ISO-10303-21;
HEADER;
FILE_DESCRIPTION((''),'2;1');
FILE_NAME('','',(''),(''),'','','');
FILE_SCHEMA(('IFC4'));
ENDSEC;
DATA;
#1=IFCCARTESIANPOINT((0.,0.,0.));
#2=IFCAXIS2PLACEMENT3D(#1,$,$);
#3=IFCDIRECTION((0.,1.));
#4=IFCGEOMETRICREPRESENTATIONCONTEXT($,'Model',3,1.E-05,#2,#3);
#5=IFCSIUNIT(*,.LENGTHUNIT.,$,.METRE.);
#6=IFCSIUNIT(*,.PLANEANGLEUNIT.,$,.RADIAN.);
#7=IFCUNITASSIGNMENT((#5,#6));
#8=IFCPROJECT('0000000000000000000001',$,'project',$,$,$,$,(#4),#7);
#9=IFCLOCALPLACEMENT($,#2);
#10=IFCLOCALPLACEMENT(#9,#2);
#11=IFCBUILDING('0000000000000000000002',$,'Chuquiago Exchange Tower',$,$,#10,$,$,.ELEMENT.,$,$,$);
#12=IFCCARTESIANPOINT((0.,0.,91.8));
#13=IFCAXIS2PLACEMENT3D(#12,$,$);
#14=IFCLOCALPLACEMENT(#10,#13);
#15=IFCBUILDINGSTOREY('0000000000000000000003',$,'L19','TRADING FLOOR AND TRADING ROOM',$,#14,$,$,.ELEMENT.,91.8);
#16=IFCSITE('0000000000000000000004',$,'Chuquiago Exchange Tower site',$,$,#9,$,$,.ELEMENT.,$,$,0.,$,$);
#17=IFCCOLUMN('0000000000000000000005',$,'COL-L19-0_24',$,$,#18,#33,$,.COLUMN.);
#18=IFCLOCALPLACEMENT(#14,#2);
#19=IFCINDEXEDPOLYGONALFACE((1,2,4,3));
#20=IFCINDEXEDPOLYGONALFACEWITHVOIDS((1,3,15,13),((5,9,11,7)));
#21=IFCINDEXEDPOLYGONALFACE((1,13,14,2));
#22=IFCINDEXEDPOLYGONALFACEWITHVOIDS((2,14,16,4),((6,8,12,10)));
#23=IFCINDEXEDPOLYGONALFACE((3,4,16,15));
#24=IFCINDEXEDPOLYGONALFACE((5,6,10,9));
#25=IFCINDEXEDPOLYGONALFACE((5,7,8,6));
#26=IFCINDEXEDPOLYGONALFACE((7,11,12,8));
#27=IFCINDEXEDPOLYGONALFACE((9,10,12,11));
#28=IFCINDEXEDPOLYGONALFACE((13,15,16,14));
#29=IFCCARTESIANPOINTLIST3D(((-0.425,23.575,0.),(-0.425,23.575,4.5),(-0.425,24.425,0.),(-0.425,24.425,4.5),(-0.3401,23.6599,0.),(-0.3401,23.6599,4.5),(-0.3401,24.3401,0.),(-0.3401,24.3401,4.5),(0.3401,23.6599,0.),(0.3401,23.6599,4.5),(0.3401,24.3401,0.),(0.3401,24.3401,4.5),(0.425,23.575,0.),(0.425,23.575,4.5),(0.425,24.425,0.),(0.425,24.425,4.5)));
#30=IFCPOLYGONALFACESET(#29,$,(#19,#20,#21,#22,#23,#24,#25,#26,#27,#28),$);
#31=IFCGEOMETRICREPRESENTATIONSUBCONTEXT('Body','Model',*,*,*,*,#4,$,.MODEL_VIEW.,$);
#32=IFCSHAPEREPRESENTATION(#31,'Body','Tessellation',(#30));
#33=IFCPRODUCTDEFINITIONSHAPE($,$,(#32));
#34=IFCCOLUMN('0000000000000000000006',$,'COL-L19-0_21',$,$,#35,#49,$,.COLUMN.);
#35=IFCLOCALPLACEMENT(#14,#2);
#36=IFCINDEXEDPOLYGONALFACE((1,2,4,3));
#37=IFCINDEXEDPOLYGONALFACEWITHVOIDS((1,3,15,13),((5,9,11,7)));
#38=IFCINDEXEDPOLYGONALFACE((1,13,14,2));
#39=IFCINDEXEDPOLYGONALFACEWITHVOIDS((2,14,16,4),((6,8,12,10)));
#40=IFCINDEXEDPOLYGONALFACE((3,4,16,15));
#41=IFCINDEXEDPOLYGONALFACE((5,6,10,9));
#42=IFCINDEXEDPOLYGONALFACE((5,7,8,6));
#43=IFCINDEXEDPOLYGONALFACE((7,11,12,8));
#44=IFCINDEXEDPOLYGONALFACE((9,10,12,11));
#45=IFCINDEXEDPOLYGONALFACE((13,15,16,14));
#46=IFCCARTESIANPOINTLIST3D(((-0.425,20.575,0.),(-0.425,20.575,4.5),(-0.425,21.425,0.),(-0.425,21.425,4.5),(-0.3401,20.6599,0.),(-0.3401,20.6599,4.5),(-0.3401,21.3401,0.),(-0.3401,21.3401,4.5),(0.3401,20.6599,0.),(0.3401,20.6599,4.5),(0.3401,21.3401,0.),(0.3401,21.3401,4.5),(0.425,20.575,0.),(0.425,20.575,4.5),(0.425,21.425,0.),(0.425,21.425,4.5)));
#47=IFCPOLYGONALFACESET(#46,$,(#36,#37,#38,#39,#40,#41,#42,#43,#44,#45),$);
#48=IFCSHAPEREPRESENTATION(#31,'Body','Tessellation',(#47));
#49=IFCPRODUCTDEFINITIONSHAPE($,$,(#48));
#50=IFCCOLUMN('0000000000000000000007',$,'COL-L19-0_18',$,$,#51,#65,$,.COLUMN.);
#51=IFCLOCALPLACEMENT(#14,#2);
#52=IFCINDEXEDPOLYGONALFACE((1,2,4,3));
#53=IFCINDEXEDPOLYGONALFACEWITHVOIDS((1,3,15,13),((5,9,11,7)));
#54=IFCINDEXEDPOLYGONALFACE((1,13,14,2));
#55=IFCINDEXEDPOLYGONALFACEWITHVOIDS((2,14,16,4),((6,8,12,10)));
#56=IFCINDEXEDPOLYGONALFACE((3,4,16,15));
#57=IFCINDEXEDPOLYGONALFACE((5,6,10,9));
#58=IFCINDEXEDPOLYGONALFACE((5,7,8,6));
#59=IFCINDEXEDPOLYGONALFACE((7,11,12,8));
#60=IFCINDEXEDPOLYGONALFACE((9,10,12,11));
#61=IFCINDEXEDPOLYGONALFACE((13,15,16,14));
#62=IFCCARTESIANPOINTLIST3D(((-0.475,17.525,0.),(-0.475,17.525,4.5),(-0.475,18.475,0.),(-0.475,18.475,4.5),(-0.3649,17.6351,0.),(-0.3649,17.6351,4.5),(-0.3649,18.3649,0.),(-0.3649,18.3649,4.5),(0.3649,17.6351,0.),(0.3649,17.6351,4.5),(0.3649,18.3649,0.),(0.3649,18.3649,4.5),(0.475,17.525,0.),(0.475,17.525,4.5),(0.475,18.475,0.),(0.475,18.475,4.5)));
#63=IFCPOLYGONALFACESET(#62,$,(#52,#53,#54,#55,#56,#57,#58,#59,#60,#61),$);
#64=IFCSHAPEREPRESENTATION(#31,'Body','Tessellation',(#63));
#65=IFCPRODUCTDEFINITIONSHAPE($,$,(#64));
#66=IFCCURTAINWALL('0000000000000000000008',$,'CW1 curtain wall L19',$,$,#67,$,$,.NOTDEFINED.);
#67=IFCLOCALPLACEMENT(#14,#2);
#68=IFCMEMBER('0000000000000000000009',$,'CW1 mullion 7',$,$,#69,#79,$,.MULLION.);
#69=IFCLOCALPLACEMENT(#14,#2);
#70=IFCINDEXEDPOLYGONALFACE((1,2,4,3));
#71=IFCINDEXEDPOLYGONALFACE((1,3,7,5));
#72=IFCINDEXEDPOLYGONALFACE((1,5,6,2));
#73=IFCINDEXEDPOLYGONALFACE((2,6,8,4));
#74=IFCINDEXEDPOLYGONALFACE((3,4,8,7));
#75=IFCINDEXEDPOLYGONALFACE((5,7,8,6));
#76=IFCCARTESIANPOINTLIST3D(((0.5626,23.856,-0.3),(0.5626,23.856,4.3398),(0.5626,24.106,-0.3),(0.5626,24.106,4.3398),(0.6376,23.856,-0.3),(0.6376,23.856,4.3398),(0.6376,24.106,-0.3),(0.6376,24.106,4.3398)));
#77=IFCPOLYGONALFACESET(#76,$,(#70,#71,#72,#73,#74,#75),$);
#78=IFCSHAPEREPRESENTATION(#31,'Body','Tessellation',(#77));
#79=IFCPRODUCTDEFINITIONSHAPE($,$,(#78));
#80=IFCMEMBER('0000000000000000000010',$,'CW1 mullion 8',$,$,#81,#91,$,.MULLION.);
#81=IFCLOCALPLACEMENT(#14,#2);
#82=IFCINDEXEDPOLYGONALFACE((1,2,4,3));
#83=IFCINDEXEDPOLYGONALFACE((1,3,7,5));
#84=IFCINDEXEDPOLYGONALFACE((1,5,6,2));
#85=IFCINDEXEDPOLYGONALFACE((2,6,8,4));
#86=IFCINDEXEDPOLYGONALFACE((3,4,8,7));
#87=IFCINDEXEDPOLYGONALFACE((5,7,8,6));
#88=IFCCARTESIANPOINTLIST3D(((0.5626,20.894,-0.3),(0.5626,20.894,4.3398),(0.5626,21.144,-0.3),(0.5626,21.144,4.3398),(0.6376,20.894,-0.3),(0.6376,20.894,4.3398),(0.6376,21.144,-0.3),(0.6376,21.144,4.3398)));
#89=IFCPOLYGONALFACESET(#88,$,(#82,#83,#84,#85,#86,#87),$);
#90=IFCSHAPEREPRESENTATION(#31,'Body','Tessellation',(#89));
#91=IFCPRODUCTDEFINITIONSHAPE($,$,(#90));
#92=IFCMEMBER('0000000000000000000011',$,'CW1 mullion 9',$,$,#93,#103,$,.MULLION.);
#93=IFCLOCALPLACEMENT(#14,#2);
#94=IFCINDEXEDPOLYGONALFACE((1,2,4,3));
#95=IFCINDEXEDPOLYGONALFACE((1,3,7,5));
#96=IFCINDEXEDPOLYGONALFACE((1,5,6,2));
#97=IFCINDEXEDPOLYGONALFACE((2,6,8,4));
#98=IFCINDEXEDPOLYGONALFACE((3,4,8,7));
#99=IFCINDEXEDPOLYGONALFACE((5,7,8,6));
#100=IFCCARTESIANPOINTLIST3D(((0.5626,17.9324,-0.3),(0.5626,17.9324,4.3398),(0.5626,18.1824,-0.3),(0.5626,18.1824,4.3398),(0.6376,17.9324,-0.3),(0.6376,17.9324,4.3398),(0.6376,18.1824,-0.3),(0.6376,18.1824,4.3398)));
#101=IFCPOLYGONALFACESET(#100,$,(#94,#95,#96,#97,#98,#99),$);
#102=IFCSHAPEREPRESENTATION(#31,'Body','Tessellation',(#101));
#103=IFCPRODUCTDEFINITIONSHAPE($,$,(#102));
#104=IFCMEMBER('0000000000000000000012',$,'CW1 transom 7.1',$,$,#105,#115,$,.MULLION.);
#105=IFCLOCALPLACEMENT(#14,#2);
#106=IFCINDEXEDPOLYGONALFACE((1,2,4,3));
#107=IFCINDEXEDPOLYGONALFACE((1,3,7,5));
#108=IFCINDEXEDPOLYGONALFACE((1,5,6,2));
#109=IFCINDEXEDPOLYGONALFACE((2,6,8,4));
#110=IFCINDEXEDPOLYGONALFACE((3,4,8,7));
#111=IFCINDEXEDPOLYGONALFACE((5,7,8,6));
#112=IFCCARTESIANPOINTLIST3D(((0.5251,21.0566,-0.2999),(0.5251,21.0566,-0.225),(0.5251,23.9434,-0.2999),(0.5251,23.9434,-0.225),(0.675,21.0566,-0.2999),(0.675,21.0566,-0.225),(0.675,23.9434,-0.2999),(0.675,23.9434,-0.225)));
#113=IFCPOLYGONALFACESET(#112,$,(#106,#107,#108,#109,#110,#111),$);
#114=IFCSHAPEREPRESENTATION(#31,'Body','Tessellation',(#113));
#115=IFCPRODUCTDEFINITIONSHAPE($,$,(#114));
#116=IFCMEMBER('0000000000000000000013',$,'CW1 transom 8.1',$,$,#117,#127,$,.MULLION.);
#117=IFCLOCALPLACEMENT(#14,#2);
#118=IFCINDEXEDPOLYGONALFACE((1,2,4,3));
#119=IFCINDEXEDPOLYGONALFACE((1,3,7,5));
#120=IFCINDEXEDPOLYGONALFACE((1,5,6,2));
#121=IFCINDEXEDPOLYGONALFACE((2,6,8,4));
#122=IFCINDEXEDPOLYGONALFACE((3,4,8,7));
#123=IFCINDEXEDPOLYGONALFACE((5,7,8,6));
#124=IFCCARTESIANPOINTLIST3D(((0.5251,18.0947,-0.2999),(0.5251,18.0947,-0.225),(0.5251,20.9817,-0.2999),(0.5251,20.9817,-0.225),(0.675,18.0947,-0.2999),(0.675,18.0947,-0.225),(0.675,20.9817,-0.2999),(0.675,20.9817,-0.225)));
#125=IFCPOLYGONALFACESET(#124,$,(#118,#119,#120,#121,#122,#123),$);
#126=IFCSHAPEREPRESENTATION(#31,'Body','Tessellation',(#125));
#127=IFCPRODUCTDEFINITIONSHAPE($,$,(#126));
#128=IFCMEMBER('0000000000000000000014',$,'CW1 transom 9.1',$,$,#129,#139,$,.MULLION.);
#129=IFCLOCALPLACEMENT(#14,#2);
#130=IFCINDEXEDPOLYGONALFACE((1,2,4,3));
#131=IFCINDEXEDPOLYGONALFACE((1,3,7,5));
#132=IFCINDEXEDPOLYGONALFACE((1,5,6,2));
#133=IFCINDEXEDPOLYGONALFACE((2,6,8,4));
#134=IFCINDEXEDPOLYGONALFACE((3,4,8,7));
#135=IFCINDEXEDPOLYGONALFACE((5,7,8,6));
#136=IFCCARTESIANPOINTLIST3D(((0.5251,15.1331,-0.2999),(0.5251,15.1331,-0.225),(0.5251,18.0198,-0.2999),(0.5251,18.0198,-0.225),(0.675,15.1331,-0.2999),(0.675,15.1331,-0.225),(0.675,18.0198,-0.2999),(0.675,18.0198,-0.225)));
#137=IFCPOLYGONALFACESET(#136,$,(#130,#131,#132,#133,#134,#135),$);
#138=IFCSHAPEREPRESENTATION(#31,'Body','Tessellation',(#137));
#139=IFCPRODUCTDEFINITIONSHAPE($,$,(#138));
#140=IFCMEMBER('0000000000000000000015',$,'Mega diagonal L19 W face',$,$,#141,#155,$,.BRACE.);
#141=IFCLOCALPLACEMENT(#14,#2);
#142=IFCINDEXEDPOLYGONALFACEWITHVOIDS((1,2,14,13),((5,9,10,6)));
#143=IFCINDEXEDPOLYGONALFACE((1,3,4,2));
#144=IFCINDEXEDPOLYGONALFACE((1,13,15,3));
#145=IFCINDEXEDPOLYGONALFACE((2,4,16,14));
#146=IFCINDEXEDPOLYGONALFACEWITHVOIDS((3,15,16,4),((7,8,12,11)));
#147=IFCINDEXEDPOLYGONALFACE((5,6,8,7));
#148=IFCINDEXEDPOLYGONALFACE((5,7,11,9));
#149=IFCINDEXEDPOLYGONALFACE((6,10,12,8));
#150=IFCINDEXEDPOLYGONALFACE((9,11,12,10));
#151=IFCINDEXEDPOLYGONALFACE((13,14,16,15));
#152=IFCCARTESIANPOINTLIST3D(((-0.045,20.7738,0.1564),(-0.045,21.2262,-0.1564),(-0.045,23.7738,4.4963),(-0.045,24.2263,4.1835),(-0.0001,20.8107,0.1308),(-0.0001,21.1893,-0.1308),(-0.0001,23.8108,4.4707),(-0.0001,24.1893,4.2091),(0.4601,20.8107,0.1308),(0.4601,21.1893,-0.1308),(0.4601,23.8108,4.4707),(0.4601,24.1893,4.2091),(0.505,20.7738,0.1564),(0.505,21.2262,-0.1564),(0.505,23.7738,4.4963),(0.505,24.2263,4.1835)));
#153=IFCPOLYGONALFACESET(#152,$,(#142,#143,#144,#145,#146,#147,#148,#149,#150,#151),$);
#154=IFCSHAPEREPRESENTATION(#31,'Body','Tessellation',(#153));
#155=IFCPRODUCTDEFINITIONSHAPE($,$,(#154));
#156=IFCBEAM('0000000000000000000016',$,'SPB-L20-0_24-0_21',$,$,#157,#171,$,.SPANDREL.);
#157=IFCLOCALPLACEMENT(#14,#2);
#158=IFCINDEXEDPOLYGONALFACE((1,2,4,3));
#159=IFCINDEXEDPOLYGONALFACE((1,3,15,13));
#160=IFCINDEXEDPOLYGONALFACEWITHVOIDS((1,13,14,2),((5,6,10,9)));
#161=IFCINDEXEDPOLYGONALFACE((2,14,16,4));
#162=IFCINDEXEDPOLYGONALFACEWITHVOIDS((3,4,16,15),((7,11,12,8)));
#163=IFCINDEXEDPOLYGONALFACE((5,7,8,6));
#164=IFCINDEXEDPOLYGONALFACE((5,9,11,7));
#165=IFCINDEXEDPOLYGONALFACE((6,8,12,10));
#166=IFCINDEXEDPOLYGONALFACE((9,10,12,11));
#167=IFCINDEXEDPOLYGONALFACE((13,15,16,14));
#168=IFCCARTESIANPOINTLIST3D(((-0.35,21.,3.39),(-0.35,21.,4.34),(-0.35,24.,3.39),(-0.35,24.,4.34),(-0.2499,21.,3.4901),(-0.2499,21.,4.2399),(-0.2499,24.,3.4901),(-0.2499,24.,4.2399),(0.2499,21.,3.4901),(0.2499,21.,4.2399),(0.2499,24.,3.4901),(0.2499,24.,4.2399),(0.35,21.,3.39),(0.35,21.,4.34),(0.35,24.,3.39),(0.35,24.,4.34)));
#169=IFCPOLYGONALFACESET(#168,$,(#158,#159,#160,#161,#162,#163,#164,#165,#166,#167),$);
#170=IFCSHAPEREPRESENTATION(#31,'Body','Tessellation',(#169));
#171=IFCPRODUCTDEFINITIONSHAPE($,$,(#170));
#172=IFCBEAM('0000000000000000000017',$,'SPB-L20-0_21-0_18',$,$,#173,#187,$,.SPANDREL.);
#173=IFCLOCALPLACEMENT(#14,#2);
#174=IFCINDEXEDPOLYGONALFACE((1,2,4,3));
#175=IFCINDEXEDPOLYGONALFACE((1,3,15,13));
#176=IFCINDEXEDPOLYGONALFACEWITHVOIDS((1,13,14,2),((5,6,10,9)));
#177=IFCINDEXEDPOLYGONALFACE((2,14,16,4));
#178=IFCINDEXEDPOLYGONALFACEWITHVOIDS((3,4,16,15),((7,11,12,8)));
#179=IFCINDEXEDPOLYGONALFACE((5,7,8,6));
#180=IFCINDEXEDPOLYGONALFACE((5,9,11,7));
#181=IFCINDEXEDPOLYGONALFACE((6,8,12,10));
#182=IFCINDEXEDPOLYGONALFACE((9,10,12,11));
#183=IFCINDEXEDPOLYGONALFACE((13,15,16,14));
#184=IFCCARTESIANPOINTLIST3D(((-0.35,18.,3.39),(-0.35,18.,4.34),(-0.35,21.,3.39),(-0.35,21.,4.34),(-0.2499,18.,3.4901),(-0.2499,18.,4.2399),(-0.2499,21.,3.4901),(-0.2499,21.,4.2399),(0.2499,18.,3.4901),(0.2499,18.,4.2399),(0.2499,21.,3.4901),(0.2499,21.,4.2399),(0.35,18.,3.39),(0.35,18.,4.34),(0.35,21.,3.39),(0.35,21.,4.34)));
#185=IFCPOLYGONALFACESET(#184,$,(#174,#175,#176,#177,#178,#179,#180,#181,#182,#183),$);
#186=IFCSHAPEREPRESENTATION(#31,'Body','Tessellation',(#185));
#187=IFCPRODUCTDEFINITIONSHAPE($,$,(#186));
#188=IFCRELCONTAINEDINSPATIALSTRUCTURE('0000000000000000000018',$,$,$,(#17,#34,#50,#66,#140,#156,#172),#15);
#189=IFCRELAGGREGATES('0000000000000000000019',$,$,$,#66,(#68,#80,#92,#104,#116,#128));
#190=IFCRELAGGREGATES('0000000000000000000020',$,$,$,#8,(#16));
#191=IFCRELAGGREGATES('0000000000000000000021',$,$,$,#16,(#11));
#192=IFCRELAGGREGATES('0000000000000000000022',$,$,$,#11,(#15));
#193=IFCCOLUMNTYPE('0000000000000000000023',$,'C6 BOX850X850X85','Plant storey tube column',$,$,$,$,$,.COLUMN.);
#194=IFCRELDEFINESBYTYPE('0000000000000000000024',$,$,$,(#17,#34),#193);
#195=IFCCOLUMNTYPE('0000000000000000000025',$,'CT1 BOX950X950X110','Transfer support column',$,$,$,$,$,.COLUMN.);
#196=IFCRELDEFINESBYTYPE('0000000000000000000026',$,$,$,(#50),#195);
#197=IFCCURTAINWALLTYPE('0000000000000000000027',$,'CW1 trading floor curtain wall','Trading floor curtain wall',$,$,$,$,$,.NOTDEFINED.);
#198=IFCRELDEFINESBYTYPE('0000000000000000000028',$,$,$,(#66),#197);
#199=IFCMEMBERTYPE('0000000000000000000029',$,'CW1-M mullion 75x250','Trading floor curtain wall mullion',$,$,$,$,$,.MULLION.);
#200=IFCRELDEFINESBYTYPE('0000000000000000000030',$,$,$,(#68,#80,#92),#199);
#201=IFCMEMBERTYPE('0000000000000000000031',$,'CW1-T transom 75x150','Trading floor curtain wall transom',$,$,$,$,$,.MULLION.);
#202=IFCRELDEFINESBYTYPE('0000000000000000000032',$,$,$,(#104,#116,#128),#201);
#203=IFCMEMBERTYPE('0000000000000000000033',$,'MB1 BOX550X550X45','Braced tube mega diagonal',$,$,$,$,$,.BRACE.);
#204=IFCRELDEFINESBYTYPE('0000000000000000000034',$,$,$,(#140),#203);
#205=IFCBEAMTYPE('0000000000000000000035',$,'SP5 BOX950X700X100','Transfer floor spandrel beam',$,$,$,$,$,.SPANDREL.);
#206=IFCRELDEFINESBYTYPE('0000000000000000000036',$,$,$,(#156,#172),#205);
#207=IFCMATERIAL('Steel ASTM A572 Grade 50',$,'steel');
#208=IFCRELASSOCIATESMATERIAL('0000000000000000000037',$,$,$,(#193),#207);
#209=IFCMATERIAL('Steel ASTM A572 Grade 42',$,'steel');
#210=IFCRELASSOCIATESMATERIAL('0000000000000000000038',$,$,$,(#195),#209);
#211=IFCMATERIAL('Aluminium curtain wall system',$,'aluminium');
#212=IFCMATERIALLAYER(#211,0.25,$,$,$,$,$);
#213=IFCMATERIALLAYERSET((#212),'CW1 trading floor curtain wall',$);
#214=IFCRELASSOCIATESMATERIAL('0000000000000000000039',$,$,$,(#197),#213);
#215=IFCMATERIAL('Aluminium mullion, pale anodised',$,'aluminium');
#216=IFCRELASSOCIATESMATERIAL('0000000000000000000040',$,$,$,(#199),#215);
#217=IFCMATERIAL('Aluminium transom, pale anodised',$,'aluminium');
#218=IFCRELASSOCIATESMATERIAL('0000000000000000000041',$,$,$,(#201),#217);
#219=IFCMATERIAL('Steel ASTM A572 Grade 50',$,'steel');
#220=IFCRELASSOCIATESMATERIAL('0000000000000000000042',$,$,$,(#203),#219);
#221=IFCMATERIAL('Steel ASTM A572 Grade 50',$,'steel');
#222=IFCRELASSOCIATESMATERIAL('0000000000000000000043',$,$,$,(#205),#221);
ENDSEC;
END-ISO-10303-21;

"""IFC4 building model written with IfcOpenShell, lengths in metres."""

from ifc_helpers import new_model, si_unit, direction, frame, origin, origin_2d, place, context, subcontext, project, spatial, rectangle, hollow_rectangle, extrude, material, layer, layer_set, material_profile, profile_set, type_object, element, aggregate, save


model = new_model("IFC4")

# Units and contexts
model_context = context("Model", 3, precision=1e-05, world=origin(), true_north=direction((0.0, 1.0)))
body_context = subcontext(model_context, "Body", "Model", "MODEL_VIEW")
ifc_project = project(units=[si_unit("LENGTHUNIT", "METRE"), si_unit("PLANEANGLEUNIT", "RADIAN")], contexts=[model_context])

# Site, building, storey
site_placement = place(None, origin())
site = spatial("IfcSite", under=ifc_project, at=site_placement, Name="Chuquiago Exchange Tower site", CompositionType="ELEMENT", RefElevation=0.0)
building_placement = place(site_placement, origin())
building = spatial("IfcBuilding", under=site, at=building_placement, Name="Chuquiago Exchange Tower", CompositionType="ELEMENT")
storey_placement = place(building_placement, frame((0.0, 0.0, 91.8)))
storey = spatial("IfcBuildingStorey", under=building, at=storey_placement, Name="L19", Description="TRADING FLOOR AND TRADING ROOM", CompositionType="ELEMENT", Elevation=91.8)

# Columns
ifc_material_1 = material(Name="Steel ASTM A572 Grade 50", Category="steel")
ifc_material_profile_1 = material_profile(ifc_material_1, hollow_rectangle(XDim=0.8501, YDim=0.8501, WallThickness=0.085, at=origin_2d()), Name="BOX850X850X85")
ifc_profile_set_1 = profile_set([ifc_material_profile_1], Name="Steel ASTM A572 Grade 50")
column_type_1 = type_object("IfcColumnType", Name="C6 BOX850X850X85", Description="Plant storey tube column", PredefinedType="COLUMN", material=ifc_profile_set_1)
for number, where, z_axis, x_axis, name in (
    (1, (0.0, 24.0, 0.0), (0.0, 0.0, 1.0), (-1.0, 0.0, 0.0), "COL-L19-0_24"),
    (2, (0.0, 21.0, 0.0), (0.0, 0.0, 1.0), (-1.0, 0.0, 0.0), "COL-L19-0_21"),
):
    element("IfcColumn", number, at=place(storey_placement, frame(where, z_axis=z_axis, x_axis=x_axis)), inside=storey, type_object=column_type_1, Name=name, PredefinedType="COLUMN", context=body_context, shape_type="SweptSolid", body=[
        extrude(hollow_rectangle(XDim=0.8501, YDim=0.8501, WallThickness=0.085, at=origin_2d()), origin(), (0.0, 0.0, 1.0), 4.5),
    ])
ifc_material_2 = material(Name="Steel ASTM A572 Grade 42", Category="steel")
ifc_material_profile_2 = material_profile(ifc_material_2, hollow_rectangle(XDim=0.95, YDim=0.95, WallThickness=0.1101, at=origin_2d()), Name="BOX950X950X110")
ifc_profile_set_2 = profile_set([ifc_material_profile_2], Name="Steel ASTM A572 Grade 42")
column_type_2 = type_object("IfcColumnType", Name="CT1 BOX950X950X110", Description="Transfer support column", PredefinedType="COLUMN", material=ifc_profile_set_2)
column_placement = place(storey_placement, frame((0.0, 18.0, 0.0), z_axis=(0.0, 0.0, 1.0), x_axis=(-1.0, 0.0, 0.0)))
element("IfcColumn", 3, at=column_placement, inside=storey, type_object=column_type_2, Name="COL-L19-0_18", PredefinedType="COLUMN", context=body_context, shape_type="SweptSolid", body=[
    extrude(hollow_rectangle(XDim=0.95, YDim=0.95, WallThickness=0.1101, at=origin_2d()), origin(), (0.0, 0.0, 1.0), 4.5),
])

# Curtain wall, members
ifc_material_3 = material(Name="Aluminium curtain wall system", Category="aluminium")
ifc_layer_1 = layer(ifc_material_3, 0.25)
ifc_layer_set_1 = layer_set([ifc_layer_1], Name="CW1 trading floor curtain wall")
curtain_wall_type = type_object("IfcCurtainWallType", Name="CW1 trading floor curtain wall", Description="Trading floor curtain wall", PredefinedType="NOTDEFINED", material=ifc_layer_set_1)
curtain_wall_placement = place(storey_placement, origin())
curtain_wall = element("IfcCurtainWall", 4, at=curtain_wall_placement, inside=storey, type_object=curtain_wall_type, Name="CW1 curtain wall L19", PredefinedType="NOTDEFINED")
ifc_material_4 = material(Name="Aluminium mullion, pale anodised", Category="aluminium")
ifc_material_profile_3 = material_profile(ifc_material_4, rectangle(XDim=0.075, YDim=0.25, at=origin_2d()), Name="AL 75x250")
ifc_profile_set_3 = profile_set([ifc_material_profile_3], Name="Aluminium mullion, pale anodised")
member_type_1 = type_object("IfcMemberType", Name="CW1-M mullion 75x250", Description="Trading floor curtain wall mullion", PredefinedType="MULLION", material=ifc_profile_set_3)
member_1_placement = place(storey_placement, frame((0.6001, 23.981, -0.3), z_axis=(0.0, 0.0, 1.0), x_axis=(1.0, 0.0, 0.0)))
member_1 = element("IfcMember", 5, at=member_1_placement, type_object=member_type_1, Name="CW1 mullion 7", PredefinedType="MULLION", context=body_context, shape_type="SweptSolid", body=[
    extrude(rectangle(XDim=0.075, YDim=0.25, at=origin_2d()), origin(), (0.0, 0.0, 1.0), 4.6399),
])
member_2_placement = place(storey_placement, frame((0.6001, 21.019, -0.3), z_axis=(0.0, 0.0, 1.0), x_axis=(1.0, 0.0, 0.0)))
member_2 = element("IfcMember", 6, at=member_2_placement, type_object=member_type_1, Name="CW1 mullion 8", PredefinedType="MULLION", context=body_context, shape_type="SweptSolid", body=[
    extrude(rectangle(XDim=0.075, YDim=0.25, at=origin_2d()), origin(), (0.0, 0.0, 1.0), 4.6399),
])
member_3_placement = place(storey_placement, frame((0.6001, 18.0574, -0.3), z_axis=(0.0, 0.0, 1.0), x_axis=(1.0, 0.0, 0.0)))
member_3 = element("IfcMember", 7, at=member_3_placement, type_object=member_type_1, Name="CW1 mullion 9", PredefinedType="MULLION", context=body_context, shape_type="SweptSolid", body=[
    extrude(rectangle(XDim=0.075, YDim=0.25, at=origin_2d()), origin(), (0.0, 0.0, 1.0), 4.6399),
])
ifc_material_5 = material(Name="Aluminium transom, pale anodised", Category="aluminium")
ifc_material_profile_4 = material_profile(ifc_material_5, rectangle(XDim=0.1499, YDim=0.075, at=origin_2d()), Name="AL 150x75")
ifc_profile_set_4 = profile_set([ifc_material_profile_4], Name="Aluminium transom, pale anodised")
member_type_2 = type_object("IfcMemberType", Name="CW1-T transom 75x150", Description="Trading floor curtain wall transom", PredefinedType="MULLION", material=ifc_profile_set_4)
member_4_placement = place(storey_placement, frame((0.6001, 23.9434, -0.2625), z_axis=(0.0, -1.0, 0.0), x_axis=(1.0, 0.0, 0.0)))
member_4 = element("IfcMember", 8, at=member_4_placement, type_object=member_type_2, Name="CW1 transom 7.1", PredefinedType="MULLION", context=body_context, shape_type="SweptSolid", body=[
    extrude(rectangle(XDim=0.1499, YDim=0.075, at=origin_2d()), origin(), (0.0, 0.0, 1.0), 2.8867),
])
member_5_placement = place(storey_placement, frame((0.6001, 20.9817, -0.2625), z_axis=(0.0, -1.0, 0.0), x_axis=(1.0, 0.0, 0.0)))
member_5 = element("IfcMember", 9, at=member_5_placement, type_object=member_type_2, Name="CW1 transom 8.1", PredefinedType="MULLION", context=body_context, shape_type="SweptSolid", body=[
    extrude(rectangle(XDim=0.1499, YDim=0.075, at=origin_2d()), origin(), (0.0, 0.0, 1.0), 2.887),
])
member_6_placement = place(storey_placement, frame((0.6001, 18.0198, -0.2625), z_axis=(0.0, -1.0, 0.0), x_axis=(1.0, 0.0, 0.0)))
member_6 = element("IfcMember", 10, at=member_6_placement, type_object=member_type_2, Name="CW1 transom 9.1", PredefinedType="MULLION", context=body_context, shape_type="SweptSolid", body=[
    extrude(rectangle(XDim=0.1499, YDim=0.075, at=origin_2d()), origin(), (0.0, 0.0, 1.0), 2.8867),
])

# Member
ifc_material_6 = material(Name="Steel ASTM A572 Grade 50", Category="steel")
ifc_material_profile_5 = material_profile(ifc_material_6, hollow_rectangle(XDim=0.55, YDim=0.55, WallThickness=0.0449, at=origin_2d()), Name="BOX550X550X45")
ifc_profile_set_5 = profile_set([ifc_material_profile_5], Name="Steel ASTM A572 Grade 50")
member_type_3 = type_object("IfcMemberType", Name="MB1 BOX550X550X45", Description="Braced tube mega diagonal", PredefinedType="BRACE", material=ifc_profile_set_5)
member_7_placement = place(storey_placement, frame((0.23, 21.0, 0.0), z_axis=(0.0, 0.568632, 0.822592), x_axis=(-1.0, 0.0, 0.0)))
element("IfcMember", 11, at=member_7_placement, inside=storey, type_object=member_type_3, Name="Mega diagonal L19 W face", PredefinedType="BRACE", context=body_context, shape_type="SweptSolid", body=[
    extrude(hollow_rectangle(XDim=0.55, YDim=0.55, WallThickness=0.0449, at=origin_2d()), origin(), (0.0, 0.0, 1.0), 5.2759),
])

# Beams
ifc_material_7 = material(Name="Steel ASTM A572 Grade 50", Category="steel")
ifc_material_profile_6 = material_profile(ifc_material_7, hollow_rectangle(XDim=0.7, YDim=0.95, WallThickness=0.1001, at=origin_2d()), Name="BOX950X700X100")
ifc_profile_set_6 = profile_set([ifc_material_profile_6], Name="Steel ASTM A572 Grade 50")
beam_type = type_object("IfcBeamType", Name="SP5 BOX950X700X100", Description="Transfer floor spandrel beam", PredefinedType="SPANDREL", material=ifc_profile_set_6)
for number, where, z_axis, x_axis, name in (
    (12, (0.0, 24.0, 3.865), (0.0, -1.0, 0.0), (1.0, 0.0, 0.0), "SPB-L20-0_24-0_21"),
    (13, (0.0, 21.0, 3.865), (0.0, -1.0, 0.0), (1.0, 0.0, 0.0), "SPB-L20-0_21-0_18"),
):
    element("IfcBeam", number, at=place(storey_placement, frame(where, z_axis=z_axis, x_axis=x_axis)), inside=storey, type_object=beam_type, Name=name, PredefinedType="SPANDREL", context=body_context, shape_type="SweptSolid", body=[
        extrude(hollow_rectangle(XDim=0.7, YDim=0.95, WallThickness=0.1001, at=origin_2d()), origin(), (0.0, 0.0, 1.0), 3.0),
    ])

aggregate(curtain_wall, [member_1, member_2, member_3, member_4, member_5, member_6])

save(model, "model.ifc")
